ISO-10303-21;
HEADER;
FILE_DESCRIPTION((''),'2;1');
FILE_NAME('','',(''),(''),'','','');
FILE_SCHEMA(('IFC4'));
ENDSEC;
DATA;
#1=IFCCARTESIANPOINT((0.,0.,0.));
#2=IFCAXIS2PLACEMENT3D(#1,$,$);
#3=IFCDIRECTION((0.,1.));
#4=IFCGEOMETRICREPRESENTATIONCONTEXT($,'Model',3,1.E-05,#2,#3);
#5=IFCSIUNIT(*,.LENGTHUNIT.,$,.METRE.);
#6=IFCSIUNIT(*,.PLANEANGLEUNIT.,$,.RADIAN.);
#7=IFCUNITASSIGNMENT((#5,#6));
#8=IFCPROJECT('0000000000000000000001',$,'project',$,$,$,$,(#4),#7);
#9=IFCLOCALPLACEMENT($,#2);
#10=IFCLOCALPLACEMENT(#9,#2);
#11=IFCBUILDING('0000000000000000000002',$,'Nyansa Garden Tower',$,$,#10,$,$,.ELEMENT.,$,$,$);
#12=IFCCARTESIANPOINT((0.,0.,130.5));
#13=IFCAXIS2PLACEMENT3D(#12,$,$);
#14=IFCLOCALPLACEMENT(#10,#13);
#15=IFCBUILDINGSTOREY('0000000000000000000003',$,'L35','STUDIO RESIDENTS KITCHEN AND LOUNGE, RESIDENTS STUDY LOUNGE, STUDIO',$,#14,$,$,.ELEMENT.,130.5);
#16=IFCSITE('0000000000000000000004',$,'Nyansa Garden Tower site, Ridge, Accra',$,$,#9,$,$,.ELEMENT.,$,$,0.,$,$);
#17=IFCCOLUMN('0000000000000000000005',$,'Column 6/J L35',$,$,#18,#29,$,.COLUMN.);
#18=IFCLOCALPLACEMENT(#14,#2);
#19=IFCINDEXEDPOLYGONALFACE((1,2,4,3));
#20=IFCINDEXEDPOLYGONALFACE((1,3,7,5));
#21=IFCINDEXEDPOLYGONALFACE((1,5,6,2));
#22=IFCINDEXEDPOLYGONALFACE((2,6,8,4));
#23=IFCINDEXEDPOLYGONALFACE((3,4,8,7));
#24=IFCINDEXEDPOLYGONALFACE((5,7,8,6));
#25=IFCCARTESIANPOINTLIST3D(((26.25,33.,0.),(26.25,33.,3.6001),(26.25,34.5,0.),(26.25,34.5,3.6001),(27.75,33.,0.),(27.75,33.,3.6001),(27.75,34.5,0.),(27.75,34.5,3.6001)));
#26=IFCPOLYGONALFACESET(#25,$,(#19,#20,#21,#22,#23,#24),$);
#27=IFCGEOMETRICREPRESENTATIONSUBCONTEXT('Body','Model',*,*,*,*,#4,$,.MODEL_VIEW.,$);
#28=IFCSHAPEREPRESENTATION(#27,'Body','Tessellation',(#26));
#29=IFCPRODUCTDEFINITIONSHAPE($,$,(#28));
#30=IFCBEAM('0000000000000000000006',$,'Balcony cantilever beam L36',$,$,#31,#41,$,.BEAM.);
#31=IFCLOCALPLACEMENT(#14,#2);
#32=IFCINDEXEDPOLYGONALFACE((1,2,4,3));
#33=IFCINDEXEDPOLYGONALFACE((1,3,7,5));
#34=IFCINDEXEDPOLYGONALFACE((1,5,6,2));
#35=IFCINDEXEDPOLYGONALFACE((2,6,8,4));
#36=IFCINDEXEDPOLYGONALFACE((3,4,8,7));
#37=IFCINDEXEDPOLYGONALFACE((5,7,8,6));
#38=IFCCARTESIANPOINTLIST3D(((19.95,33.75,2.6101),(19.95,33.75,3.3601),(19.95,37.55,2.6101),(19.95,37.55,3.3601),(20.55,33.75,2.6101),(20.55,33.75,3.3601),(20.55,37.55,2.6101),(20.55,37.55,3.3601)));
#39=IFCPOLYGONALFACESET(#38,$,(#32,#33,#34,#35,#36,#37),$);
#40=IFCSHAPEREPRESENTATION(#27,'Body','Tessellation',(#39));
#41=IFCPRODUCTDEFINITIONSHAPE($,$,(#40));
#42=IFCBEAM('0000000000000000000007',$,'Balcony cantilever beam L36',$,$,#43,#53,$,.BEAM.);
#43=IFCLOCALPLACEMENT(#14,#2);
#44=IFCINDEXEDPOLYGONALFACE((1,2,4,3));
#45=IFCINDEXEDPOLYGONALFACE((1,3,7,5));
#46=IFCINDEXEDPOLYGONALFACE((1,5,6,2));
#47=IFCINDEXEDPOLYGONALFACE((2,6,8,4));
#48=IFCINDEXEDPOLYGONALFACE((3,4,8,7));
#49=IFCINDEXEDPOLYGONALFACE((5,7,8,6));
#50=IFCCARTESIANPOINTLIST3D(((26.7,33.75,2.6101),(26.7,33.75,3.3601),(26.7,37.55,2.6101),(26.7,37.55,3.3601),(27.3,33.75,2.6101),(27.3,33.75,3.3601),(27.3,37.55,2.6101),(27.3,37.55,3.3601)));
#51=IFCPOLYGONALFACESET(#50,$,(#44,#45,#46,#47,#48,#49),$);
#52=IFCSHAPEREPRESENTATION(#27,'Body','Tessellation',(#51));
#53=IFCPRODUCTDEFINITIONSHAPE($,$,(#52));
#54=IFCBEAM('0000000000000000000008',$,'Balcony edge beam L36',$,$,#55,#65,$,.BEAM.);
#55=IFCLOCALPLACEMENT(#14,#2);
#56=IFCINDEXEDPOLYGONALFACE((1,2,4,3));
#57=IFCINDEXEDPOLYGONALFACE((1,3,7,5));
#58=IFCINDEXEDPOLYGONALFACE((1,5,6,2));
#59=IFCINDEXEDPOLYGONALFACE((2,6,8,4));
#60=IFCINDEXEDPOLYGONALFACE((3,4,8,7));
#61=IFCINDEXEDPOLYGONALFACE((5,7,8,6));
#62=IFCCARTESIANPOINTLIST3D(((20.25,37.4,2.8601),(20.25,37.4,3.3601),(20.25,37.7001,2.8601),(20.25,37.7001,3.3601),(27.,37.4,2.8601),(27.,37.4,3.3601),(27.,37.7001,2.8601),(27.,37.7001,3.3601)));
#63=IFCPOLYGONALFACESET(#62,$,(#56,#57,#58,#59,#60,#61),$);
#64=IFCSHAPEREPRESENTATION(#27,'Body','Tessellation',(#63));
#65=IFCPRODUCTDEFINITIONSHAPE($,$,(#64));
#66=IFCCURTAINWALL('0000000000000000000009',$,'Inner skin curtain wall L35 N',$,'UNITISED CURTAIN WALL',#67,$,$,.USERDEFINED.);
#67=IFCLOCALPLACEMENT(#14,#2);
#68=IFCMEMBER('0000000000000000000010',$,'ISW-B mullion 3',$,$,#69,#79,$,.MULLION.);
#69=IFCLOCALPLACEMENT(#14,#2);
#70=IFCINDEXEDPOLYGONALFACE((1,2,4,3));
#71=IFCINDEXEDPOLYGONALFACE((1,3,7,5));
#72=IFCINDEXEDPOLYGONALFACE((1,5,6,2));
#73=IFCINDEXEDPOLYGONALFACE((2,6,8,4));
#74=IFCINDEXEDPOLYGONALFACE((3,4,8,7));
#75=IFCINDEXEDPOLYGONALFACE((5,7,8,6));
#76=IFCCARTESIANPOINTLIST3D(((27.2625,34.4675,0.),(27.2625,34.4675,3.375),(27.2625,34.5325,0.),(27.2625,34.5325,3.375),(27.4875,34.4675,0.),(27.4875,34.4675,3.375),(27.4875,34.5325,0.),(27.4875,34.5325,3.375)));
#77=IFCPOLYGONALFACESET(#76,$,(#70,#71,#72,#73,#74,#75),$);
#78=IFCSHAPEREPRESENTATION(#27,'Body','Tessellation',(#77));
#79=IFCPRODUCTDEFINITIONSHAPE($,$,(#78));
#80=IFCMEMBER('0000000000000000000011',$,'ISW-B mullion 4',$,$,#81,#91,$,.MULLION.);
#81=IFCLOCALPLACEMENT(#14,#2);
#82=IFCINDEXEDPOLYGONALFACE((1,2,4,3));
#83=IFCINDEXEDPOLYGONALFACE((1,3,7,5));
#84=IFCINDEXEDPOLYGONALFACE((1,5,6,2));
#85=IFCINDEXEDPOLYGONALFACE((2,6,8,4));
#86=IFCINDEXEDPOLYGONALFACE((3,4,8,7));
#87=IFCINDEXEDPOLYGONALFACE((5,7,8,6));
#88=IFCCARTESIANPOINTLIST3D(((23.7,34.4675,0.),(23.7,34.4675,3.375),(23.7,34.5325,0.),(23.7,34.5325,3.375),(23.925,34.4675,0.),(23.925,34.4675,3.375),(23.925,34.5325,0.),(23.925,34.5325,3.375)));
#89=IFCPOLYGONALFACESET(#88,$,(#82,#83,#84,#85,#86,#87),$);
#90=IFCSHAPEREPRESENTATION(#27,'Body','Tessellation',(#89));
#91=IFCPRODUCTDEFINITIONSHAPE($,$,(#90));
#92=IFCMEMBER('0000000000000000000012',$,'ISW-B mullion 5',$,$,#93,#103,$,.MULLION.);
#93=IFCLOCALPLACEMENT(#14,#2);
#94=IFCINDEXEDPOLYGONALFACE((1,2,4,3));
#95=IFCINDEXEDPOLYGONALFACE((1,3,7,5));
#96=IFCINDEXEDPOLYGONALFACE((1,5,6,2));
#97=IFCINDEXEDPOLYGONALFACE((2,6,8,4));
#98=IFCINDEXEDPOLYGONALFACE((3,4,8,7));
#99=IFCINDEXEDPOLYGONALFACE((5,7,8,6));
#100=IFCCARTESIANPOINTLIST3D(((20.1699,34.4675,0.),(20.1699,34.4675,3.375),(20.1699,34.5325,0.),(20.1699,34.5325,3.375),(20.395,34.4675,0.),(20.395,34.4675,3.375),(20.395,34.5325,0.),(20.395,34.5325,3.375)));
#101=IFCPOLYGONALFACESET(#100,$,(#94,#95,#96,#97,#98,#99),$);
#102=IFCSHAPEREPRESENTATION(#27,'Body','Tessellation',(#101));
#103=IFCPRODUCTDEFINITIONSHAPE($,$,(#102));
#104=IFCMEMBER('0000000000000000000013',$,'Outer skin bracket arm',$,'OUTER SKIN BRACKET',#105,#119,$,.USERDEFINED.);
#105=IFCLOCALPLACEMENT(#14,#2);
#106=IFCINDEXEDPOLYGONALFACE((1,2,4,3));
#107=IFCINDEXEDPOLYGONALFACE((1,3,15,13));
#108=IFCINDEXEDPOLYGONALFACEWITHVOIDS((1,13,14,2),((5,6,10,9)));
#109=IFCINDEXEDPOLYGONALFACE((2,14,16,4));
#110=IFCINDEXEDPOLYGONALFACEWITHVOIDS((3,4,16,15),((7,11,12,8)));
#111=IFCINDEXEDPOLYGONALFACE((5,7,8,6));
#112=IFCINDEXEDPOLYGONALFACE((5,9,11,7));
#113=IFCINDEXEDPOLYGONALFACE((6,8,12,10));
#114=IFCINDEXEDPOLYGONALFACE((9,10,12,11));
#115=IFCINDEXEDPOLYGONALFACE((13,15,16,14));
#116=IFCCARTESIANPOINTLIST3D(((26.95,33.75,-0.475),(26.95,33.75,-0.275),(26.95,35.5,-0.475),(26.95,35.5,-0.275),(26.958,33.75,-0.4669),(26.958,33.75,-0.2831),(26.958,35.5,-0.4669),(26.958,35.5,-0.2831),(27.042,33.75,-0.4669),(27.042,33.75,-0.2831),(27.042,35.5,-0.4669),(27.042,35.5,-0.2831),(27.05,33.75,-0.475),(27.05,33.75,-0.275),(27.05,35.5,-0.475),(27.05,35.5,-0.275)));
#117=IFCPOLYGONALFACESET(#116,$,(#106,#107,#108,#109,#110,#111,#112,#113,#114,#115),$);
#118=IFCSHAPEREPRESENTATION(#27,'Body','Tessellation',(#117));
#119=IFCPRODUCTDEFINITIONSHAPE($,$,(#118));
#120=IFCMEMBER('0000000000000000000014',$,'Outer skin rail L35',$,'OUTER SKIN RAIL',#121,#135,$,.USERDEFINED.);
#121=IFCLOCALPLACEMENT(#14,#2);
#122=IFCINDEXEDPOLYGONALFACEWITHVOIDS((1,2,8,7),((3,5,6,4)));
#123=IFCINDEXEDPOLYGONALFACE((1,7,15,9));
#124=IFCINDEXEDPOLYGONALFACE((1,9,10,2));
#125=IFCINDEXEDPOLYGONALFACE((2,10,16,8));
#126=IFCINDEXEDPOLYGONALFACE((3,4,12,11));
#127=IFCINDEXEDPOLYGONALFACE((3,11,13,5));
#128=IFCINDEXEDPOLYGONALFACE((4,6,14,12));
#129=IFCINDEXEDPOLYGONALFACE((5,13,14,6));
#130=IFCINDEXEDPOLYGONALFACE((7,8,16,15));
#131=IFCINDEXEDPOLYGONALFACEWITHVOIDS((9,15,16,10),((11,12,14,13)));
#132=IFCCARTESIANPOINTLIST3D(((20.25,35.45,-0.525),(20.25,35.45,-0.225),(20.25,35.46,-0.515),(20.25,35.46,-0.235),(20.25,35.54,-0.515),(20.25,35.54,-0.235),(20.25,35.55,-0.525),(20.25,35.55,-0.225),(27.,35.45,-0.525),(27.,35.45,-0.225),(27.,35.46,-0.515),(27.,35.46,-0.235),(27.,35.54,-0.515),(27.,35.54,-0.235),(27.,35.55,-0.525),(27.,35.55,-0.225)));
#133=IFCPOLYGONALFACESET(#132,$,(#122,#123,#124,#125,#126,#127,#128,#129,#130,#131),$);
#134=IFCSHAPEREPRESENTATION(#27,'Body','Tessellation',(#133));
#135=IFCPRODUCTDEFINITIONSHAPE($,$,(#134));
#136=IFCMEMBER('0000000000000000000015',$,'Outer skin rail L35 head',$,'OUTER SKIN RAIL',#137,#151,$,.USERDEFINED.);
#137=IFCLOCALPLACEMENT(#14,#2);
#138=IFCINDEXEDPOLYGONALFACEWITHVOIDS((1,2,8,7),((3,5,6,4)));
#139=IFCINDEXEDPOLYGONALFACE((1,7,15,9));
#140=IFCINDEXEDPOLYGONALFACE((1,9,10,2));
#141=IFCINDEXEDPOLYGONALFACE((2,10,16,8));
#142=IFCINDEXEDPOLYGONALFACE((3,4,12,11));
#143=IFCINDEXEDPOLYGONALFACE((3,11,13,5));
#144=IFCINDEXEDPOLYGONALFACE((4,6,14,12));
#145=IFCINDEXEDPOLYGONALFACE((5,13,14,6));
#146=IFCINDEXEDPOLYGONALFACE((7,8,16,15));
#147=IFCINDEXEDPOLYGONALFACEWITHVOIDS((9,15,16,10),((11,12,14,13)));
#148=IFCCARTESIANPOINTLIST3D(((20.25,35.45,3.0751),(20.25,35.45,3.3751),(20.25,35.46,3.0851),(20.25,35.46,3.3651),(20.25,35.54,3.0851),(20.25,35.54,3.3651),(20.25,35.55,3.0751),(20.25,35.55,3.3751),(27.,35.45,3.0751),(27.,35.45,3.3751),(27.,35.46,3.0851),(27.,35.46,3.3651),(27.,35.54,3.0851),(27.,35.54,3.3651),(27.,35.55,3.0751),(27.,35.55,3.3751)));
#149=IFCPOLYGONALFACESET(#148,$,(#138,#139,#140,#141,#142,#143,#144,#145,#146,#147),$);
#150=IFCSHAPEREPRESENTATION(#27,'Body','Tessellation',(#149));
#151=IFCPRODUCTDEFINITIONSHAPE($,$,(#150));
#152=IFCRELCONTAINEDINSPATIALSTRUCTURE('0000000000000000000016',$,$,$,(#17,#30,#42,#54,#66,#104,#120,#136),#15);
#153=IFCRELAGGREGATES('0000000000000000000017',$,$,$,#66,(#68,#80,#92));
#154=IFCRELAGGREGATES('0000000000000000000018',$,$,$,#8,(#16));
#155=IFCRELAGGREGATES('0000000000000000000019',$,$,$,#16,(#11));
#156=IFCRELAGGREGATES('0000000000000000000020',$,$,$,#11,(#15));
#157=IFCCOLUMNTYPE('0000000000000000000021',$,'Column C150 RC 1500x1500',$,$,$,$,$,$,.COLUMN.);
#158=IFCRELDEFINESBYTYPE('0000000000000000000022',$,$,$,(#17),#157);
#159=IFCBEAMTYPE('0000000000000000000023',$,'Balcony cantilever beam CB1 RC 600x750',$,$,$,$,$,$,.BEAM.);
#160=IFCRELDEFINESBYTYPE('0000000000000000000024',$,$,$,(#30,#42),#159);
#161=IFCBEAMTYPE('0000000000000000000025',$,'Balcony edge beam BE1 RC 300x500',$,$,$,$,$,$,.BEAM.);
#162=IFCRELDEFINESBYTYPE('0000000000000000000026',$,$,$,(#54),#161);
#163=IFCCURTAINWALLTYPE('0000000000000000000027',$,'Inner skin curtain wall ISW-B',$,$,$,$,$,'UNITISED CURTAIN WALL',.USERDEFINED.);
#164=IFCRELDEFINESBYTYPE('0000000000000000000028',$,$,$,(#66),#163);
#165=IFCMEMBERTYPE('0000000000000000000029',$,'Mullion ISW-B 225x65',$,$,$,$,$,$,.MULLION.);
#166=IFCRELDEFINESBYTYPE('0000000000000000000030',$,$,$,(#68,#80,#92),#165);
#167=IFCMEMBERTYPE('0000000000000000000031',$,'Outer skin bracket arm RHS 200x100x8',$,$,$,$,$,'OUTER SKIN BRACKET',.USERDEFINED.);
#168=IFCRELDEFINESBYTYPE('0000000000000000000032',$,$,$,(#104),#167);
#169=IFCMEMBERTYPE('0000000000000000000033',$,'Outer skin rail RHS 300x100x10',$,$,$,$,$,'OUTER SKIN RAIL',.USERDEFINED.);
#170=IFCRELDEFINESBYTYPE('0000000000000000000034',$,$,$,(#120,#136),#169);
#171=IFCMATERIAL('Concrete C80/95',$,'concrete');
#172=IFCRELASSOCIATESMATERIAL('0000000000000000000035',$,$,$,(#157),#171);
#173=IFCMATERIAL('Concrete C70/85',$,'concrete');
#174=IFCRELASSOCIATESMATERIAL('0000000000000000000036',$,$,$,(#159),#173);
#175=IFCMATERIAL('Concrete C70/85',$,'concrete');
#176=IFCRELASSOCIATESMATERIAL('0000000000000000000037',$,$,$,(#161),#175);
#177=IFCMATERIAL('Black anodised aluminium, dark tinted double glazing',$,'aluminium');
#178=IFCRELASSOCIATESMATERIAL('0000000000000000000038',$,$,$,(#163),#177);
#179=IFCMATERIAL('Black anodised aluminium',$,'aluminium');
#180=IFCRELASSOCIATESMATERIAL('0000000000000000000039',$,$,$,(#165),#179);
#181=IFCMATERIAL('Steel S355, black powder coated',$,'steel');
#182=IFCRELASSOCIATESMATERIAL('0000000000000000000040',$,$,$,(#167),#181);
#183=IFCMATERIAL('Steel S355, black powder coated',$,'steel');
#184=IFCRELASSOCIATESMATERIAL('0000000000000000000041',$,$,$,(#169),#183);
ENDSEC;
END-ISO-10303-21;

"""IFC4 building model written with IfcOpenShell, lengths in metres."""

from ifc_helpers import new_model, si_unit, direction, frame, origin, origin_2d, place, context, subcontext, project, spatial, rectangle, hollow_rectangle, extrude, material, material_profile, profile_set, type_object, element, aggregate, save


model = new_model("IFC4")

# Units and contexts
model_context = context("Model", 3, precision=1e-05, world=origin(), true_north=direction((0.0, 1.0)))
body_context = subcontext(model_context, "Body", "Model", "MODEL_VIEW")
ifc_project = project(units=[si_unit("LENGTHUNIT", "METRE"), si_unit("PLANEANGLEUNIT", "RADIAN")], contexts=[model_context])

# Site, building, storey
site_placement = place(None, origin())
site = spatial("IfcSite", under=ifc_project, at=site_placement, Name="Nyansa Garden Tower site, Ridge, Accra", CompositionType="ELEMENT", RefElevation=0.0)
building_placement = place(site_placement, origin())
building = spatial("IfcBuilding", under=site, at=building_placement, Name="Nyansa Garden Tower", CompositionType="ELEMENT")
storey_placement = place(building_placement, frame((0.0, 0.0, 130.5)))
storey = spatial("IfcBuildingStorey", under=building, at=storey_placement, Name="L35", Description="STUDIO RESIDENTS KITCHEN AND LOUNGE, RESIDENTS STUDY LOUNGE, STUDIO", CompositionType="ELEMENT", Elevation=130.5)

# Column
ifc_material_1 = material(Name="Concrete C80/95", Category="concrete")
ifc_material_profile_1 = material_profile(ifc_material_1, rectangle(XDim=1.5, YDim=1.5, at=origin_2d()), Name="RC 1500x1500")
ifc_profile_set_1 = profile_set([ifc_material_profile_1], Name="Concrete C80/95")
column_type = type_object("IfcColumnType", Name="Column C150 RC 1500x1500", PredefinedType="COLUMN", material=ifc_profile_set_1)
column_placement = place(storey_placement, frame((27.0, 33.75, 0.0), z_axis=(0.0, 0.0, 1.0), x_axis=(1.0, 0.0, 0.0)))
element("IfcColumn", 1, at=column_placement, inside=storey, type_object=column_type, Name="Column 6/J L35", PredefinedType="COLUMN", context=body_context, shape_type="SweptSolid", body=[
    extrude(rectangle(XDim=1.5, YDim=1.5, at=origin_2d()), origin(), (0.0, 0.0, 1.0), 3.6001),
])

# Beams
ifc_material_2 = material(Name="Concrete C70/85", Category="concrete")
ifc_material_profile_2 = material_profile(ifc_material_2, rectangle(XDim=0.6001, YDim=0.75, at=origin_2d()), Name="RC 600x750")
ifc_profile_set_2 = profile_set([ifc_material_profile_2], Name="Concrete C70/85")
beam_type_1 = type_object("IfcBeamType", Name="Balcony cantilever beam CB1 RC 600x750", PredefinedType="BEAM", material=ifc_profile_set_2)
for number, where, z_axis, x_axis, name in (
    (2, (20.25, 33.75, 2.9851), (0.0, 1.0, 0.0), (-1.0, 0.0, 0.0), "Balcony cantilever beam L36"),
    (3, (27.0, 33.75, 2.9851), (0.0, 1.0, 0.0), (-1.0, 0.0, 0.0), "Balcony cantilever beam L36"),
):
    element("IfcBeam", number, at=place(storey_placement, frame(where, z_axis=z_axis, x_axis=x_axis)), inside=storey, type_object=beam_type_1, Name=name, PredefinedType="BEAM", context=body_context, shape_type="SweptSolid", body=[
        extrude(rectangle(XDim=0.6001, YDim=0.75, at=origin_2d()), origin(), (0.0, 0.0, 1.0), 3.8),
    ])
ifc_material_3 = material(Name="Concrete C70/85", Category="concrete")
ifc_material_profile_3 = material_profile(ifc_material_3, rectangle(XDim=0.3, YDim=0.5, at=origin_2d()), Name="RC 300x500")
ifc_profile_set_3 = profile_set([ifc_material_profile_3], Name="Concrete C70/85")
beam_type_2 = type_object("IfcBeamType", Name="Balcony edge beam BE1 RC 300x500", PredefinedType="BEAM", material=ifc_profile_set_3)
beam_1_placement = place(storey_placement, frame((20.25, 37.55, 3.1101), z_axis=(1.0, 0.0, 0.0), x_axis=(0.0, 1.0, 0.0)))
element("IfcBeam", 4, at=beam_1_placement, inside=storey, type_object=beam_type_2, Name="Balcony edge beam L36", PredefinedType="BEAM", context=body_context, shape_type="SweptSolid", body=[
    extrude(rectangle(XDim=0.3, YDim=0.5, at=origin_2d()), origin(), (0.0, 0.0, 1.0), 6.75),
])

# Curtain wall, members
ifc_material_4 = material(Name="Black anodised aluminium, dark tinted double glazing", Category="aluminium")
curtain_wall_type = type_object("IfcCurtainWallType", Name="Inner skin curtain wall ISW-B", ElementType="UNITISED CURTAIN WALL", PredefinedType="USERDEFINED", material=ifc_material_4)
curtain_wall_placement = place(storey_placement, origin())
curtain_wall = element("IfcCurtainWall", 5, at=curtain_wall_placement, inside=storey, type_object=curtain_wall_type, Name="Inner skin curtain wall L35 N", ObjectType="UNITISED CURTAIN WALL", PredefinedType="USERDEFINED")
ifc_material_5 = material(Name="Black anodised aluminium", Category="aluminium")
ifc_material_profile_4 = material_profile(ifc_material_5, rectangle(XDim=0.0649, YDim=0.2251, at=origin_2d()), Name="Mullion 225x65")
ifc_profile_set_4 = profile_set([ifc_material_profile_4], Name="Black anodised aluminium")
member_type_1 = type_object("IfcMemberType", Name="Mullion ISW-B 225x65", PredefinedType="MULLION", material=ifc_profile_set_4)
member_1_placement = place(storey_placement, frame((27.375, 34.5, 0.0), z_axis=(0.0, 0.0, 1.0), x_axis=(0.0, -1.0, 0.0)))
member_1 = element("IfcMember", 6, at=member_1_placement, type_object=member_type_1, Name="ISW-B mullion 3", PredefinedType="MULLION", context=body_context, shape_type="SweptSolid", body=[
    extrude(rectangle(XDim=0.0649, YDim=0.2251, at=origin_2d()), origin(), (0.0, 0.0, 1.0), 3.375),
])
member_2_placement = place(storey_placement, frame((23.8125, 34.5, 0.0), z_axis=(0.0, 0.0, 1.0), x_axis=(0.0, -1.0, 0.0)))
member_2 = element("IfcMember", 7, at=member_2_placement, type_object=member_type_1, Name="ISW-B mullion 4", PredefinedType="MULLION", context=body_context, shape_type="SweptSolid", body=[
    extrude(rectangle(XDim=0.0649, YDim=0.2251, at=origin_2d()), origin(), (0.0, 0.0, 1.0), 3.375),
])
member_3_placement = place(storey_placement, frame((20.2825, 34.5, 0.0), z_axis=(0.0, 0.0, 1.0), x_axis=(0.0, -1.0, 0.0)))
member_3 = element("IfcMember", 8, at=member_3_placement, type_object=member_type_1, Name="ISW-B mullion 5", PredefinedType="MULLION", context=body_context, shape_type="SweptSolid", body=[
    extrude(rectangle(XDim=0.0649, YDim=0.2251, at=origin_2d()), origin(), (0.0, 0.0, 1.0), 3.375),
])

# Members
ifc_material_6 = material(Name="Steel S355, black powder coated", Category="steel")
ifc_material_profile_5 = material_profile(ifc_material_6, hollow_rectangle(XDim=0.1001, YDim=0.2, WallThickness=0.0081, at=origin_2d()), Name="RHS 200x100x8")
ifc_profile_set_5 = profile_set([ifc_material_profile_5], Name="Steel S355, black powder coated")
member_type_2 = type_object("IfcMemberType", Name="Outer skin bracket arm RHS 200x100x8", ElementType="OUTER SKIN BRACKET", PredefinedType="USERDEFINED", material=ifc_profile_set_5)
member_4_placement = place(storey_placement, frame((27.0, 33.75, -0.375), z_axis=(0.0, 1.0, 0.0), x_axis=(-1.0, 0.0, 0.0)))
element("IfcMember", 9, at=member_4_placement, inside=storey, type_object=member_type_2, Name="Outer skin bracket arm", ObjectType="OUTER SKIN BRACKET", PredefinedType="USERDEFINED", context=body_context, shape_type="SweptSolid", body=[
    extrude(hollow_rectangle(XDim=0.1001, YDim=0.2, WallThickness=0.0081, at=origin_2d()), origin(), (0.0, 0.0, 1.0), 1.75),
])
ifc_material_7 = material(Name="Steel S355, black powder coated", Category="steel")
ifc_material_profile_6 = material_profile(ifc_material_7, hollow_rectangle(XDim=0.1001, YDim=0.3, WallThickness=0.01, at=origin_2d()), Name="RHS 300x100x10")
ifc_profile_set_6 = profile_set([ifc_material_profile_6], Name="Steel S355, black powder coated")
member_type_3 = type_object("IfcMemberType", Name="Outer skin rail RHS 300x100x10", ElementType="OUTER SKIN RAIL", PredefinedType="USERDEFINED", material=ifc_profile_set_6)
for number, where, z_axis, x_axis, name in (
    (10, (20.25, 35.5, -0.375), (1.0, 0.0, 0.0), (0.0, 1.0, 0.0), "Outer skin rail L35"),
    (11, (20.25, 35.5, 3.2251), (1.0, 0.0, 0.0), (0.0, 1.0, 0.0), "Outer skin rail L35 head"),
):
    element("IfcMember", number, at=place(storey_placement, frame(where, z_axis=z_axis, x_axis=x_axis)), inside=storey, type_object=member_type_3, Name=name, ObjectType="OUTER SKIN RAIL", PredefinedType="USERDEFINED", context=body_context, shape_type="SweptSolid", body=[
        extrude(hollow_rectangle(XDim=0.1001, YDim=0.3, WallThickness=0.01, at=origin_2d()), origin(), (0.0, 0.0, 1.0), 6.75),
    ])

aggregate(curtain_wall, [member_1, member_2, member_3])

save(model, "model.ifc")
